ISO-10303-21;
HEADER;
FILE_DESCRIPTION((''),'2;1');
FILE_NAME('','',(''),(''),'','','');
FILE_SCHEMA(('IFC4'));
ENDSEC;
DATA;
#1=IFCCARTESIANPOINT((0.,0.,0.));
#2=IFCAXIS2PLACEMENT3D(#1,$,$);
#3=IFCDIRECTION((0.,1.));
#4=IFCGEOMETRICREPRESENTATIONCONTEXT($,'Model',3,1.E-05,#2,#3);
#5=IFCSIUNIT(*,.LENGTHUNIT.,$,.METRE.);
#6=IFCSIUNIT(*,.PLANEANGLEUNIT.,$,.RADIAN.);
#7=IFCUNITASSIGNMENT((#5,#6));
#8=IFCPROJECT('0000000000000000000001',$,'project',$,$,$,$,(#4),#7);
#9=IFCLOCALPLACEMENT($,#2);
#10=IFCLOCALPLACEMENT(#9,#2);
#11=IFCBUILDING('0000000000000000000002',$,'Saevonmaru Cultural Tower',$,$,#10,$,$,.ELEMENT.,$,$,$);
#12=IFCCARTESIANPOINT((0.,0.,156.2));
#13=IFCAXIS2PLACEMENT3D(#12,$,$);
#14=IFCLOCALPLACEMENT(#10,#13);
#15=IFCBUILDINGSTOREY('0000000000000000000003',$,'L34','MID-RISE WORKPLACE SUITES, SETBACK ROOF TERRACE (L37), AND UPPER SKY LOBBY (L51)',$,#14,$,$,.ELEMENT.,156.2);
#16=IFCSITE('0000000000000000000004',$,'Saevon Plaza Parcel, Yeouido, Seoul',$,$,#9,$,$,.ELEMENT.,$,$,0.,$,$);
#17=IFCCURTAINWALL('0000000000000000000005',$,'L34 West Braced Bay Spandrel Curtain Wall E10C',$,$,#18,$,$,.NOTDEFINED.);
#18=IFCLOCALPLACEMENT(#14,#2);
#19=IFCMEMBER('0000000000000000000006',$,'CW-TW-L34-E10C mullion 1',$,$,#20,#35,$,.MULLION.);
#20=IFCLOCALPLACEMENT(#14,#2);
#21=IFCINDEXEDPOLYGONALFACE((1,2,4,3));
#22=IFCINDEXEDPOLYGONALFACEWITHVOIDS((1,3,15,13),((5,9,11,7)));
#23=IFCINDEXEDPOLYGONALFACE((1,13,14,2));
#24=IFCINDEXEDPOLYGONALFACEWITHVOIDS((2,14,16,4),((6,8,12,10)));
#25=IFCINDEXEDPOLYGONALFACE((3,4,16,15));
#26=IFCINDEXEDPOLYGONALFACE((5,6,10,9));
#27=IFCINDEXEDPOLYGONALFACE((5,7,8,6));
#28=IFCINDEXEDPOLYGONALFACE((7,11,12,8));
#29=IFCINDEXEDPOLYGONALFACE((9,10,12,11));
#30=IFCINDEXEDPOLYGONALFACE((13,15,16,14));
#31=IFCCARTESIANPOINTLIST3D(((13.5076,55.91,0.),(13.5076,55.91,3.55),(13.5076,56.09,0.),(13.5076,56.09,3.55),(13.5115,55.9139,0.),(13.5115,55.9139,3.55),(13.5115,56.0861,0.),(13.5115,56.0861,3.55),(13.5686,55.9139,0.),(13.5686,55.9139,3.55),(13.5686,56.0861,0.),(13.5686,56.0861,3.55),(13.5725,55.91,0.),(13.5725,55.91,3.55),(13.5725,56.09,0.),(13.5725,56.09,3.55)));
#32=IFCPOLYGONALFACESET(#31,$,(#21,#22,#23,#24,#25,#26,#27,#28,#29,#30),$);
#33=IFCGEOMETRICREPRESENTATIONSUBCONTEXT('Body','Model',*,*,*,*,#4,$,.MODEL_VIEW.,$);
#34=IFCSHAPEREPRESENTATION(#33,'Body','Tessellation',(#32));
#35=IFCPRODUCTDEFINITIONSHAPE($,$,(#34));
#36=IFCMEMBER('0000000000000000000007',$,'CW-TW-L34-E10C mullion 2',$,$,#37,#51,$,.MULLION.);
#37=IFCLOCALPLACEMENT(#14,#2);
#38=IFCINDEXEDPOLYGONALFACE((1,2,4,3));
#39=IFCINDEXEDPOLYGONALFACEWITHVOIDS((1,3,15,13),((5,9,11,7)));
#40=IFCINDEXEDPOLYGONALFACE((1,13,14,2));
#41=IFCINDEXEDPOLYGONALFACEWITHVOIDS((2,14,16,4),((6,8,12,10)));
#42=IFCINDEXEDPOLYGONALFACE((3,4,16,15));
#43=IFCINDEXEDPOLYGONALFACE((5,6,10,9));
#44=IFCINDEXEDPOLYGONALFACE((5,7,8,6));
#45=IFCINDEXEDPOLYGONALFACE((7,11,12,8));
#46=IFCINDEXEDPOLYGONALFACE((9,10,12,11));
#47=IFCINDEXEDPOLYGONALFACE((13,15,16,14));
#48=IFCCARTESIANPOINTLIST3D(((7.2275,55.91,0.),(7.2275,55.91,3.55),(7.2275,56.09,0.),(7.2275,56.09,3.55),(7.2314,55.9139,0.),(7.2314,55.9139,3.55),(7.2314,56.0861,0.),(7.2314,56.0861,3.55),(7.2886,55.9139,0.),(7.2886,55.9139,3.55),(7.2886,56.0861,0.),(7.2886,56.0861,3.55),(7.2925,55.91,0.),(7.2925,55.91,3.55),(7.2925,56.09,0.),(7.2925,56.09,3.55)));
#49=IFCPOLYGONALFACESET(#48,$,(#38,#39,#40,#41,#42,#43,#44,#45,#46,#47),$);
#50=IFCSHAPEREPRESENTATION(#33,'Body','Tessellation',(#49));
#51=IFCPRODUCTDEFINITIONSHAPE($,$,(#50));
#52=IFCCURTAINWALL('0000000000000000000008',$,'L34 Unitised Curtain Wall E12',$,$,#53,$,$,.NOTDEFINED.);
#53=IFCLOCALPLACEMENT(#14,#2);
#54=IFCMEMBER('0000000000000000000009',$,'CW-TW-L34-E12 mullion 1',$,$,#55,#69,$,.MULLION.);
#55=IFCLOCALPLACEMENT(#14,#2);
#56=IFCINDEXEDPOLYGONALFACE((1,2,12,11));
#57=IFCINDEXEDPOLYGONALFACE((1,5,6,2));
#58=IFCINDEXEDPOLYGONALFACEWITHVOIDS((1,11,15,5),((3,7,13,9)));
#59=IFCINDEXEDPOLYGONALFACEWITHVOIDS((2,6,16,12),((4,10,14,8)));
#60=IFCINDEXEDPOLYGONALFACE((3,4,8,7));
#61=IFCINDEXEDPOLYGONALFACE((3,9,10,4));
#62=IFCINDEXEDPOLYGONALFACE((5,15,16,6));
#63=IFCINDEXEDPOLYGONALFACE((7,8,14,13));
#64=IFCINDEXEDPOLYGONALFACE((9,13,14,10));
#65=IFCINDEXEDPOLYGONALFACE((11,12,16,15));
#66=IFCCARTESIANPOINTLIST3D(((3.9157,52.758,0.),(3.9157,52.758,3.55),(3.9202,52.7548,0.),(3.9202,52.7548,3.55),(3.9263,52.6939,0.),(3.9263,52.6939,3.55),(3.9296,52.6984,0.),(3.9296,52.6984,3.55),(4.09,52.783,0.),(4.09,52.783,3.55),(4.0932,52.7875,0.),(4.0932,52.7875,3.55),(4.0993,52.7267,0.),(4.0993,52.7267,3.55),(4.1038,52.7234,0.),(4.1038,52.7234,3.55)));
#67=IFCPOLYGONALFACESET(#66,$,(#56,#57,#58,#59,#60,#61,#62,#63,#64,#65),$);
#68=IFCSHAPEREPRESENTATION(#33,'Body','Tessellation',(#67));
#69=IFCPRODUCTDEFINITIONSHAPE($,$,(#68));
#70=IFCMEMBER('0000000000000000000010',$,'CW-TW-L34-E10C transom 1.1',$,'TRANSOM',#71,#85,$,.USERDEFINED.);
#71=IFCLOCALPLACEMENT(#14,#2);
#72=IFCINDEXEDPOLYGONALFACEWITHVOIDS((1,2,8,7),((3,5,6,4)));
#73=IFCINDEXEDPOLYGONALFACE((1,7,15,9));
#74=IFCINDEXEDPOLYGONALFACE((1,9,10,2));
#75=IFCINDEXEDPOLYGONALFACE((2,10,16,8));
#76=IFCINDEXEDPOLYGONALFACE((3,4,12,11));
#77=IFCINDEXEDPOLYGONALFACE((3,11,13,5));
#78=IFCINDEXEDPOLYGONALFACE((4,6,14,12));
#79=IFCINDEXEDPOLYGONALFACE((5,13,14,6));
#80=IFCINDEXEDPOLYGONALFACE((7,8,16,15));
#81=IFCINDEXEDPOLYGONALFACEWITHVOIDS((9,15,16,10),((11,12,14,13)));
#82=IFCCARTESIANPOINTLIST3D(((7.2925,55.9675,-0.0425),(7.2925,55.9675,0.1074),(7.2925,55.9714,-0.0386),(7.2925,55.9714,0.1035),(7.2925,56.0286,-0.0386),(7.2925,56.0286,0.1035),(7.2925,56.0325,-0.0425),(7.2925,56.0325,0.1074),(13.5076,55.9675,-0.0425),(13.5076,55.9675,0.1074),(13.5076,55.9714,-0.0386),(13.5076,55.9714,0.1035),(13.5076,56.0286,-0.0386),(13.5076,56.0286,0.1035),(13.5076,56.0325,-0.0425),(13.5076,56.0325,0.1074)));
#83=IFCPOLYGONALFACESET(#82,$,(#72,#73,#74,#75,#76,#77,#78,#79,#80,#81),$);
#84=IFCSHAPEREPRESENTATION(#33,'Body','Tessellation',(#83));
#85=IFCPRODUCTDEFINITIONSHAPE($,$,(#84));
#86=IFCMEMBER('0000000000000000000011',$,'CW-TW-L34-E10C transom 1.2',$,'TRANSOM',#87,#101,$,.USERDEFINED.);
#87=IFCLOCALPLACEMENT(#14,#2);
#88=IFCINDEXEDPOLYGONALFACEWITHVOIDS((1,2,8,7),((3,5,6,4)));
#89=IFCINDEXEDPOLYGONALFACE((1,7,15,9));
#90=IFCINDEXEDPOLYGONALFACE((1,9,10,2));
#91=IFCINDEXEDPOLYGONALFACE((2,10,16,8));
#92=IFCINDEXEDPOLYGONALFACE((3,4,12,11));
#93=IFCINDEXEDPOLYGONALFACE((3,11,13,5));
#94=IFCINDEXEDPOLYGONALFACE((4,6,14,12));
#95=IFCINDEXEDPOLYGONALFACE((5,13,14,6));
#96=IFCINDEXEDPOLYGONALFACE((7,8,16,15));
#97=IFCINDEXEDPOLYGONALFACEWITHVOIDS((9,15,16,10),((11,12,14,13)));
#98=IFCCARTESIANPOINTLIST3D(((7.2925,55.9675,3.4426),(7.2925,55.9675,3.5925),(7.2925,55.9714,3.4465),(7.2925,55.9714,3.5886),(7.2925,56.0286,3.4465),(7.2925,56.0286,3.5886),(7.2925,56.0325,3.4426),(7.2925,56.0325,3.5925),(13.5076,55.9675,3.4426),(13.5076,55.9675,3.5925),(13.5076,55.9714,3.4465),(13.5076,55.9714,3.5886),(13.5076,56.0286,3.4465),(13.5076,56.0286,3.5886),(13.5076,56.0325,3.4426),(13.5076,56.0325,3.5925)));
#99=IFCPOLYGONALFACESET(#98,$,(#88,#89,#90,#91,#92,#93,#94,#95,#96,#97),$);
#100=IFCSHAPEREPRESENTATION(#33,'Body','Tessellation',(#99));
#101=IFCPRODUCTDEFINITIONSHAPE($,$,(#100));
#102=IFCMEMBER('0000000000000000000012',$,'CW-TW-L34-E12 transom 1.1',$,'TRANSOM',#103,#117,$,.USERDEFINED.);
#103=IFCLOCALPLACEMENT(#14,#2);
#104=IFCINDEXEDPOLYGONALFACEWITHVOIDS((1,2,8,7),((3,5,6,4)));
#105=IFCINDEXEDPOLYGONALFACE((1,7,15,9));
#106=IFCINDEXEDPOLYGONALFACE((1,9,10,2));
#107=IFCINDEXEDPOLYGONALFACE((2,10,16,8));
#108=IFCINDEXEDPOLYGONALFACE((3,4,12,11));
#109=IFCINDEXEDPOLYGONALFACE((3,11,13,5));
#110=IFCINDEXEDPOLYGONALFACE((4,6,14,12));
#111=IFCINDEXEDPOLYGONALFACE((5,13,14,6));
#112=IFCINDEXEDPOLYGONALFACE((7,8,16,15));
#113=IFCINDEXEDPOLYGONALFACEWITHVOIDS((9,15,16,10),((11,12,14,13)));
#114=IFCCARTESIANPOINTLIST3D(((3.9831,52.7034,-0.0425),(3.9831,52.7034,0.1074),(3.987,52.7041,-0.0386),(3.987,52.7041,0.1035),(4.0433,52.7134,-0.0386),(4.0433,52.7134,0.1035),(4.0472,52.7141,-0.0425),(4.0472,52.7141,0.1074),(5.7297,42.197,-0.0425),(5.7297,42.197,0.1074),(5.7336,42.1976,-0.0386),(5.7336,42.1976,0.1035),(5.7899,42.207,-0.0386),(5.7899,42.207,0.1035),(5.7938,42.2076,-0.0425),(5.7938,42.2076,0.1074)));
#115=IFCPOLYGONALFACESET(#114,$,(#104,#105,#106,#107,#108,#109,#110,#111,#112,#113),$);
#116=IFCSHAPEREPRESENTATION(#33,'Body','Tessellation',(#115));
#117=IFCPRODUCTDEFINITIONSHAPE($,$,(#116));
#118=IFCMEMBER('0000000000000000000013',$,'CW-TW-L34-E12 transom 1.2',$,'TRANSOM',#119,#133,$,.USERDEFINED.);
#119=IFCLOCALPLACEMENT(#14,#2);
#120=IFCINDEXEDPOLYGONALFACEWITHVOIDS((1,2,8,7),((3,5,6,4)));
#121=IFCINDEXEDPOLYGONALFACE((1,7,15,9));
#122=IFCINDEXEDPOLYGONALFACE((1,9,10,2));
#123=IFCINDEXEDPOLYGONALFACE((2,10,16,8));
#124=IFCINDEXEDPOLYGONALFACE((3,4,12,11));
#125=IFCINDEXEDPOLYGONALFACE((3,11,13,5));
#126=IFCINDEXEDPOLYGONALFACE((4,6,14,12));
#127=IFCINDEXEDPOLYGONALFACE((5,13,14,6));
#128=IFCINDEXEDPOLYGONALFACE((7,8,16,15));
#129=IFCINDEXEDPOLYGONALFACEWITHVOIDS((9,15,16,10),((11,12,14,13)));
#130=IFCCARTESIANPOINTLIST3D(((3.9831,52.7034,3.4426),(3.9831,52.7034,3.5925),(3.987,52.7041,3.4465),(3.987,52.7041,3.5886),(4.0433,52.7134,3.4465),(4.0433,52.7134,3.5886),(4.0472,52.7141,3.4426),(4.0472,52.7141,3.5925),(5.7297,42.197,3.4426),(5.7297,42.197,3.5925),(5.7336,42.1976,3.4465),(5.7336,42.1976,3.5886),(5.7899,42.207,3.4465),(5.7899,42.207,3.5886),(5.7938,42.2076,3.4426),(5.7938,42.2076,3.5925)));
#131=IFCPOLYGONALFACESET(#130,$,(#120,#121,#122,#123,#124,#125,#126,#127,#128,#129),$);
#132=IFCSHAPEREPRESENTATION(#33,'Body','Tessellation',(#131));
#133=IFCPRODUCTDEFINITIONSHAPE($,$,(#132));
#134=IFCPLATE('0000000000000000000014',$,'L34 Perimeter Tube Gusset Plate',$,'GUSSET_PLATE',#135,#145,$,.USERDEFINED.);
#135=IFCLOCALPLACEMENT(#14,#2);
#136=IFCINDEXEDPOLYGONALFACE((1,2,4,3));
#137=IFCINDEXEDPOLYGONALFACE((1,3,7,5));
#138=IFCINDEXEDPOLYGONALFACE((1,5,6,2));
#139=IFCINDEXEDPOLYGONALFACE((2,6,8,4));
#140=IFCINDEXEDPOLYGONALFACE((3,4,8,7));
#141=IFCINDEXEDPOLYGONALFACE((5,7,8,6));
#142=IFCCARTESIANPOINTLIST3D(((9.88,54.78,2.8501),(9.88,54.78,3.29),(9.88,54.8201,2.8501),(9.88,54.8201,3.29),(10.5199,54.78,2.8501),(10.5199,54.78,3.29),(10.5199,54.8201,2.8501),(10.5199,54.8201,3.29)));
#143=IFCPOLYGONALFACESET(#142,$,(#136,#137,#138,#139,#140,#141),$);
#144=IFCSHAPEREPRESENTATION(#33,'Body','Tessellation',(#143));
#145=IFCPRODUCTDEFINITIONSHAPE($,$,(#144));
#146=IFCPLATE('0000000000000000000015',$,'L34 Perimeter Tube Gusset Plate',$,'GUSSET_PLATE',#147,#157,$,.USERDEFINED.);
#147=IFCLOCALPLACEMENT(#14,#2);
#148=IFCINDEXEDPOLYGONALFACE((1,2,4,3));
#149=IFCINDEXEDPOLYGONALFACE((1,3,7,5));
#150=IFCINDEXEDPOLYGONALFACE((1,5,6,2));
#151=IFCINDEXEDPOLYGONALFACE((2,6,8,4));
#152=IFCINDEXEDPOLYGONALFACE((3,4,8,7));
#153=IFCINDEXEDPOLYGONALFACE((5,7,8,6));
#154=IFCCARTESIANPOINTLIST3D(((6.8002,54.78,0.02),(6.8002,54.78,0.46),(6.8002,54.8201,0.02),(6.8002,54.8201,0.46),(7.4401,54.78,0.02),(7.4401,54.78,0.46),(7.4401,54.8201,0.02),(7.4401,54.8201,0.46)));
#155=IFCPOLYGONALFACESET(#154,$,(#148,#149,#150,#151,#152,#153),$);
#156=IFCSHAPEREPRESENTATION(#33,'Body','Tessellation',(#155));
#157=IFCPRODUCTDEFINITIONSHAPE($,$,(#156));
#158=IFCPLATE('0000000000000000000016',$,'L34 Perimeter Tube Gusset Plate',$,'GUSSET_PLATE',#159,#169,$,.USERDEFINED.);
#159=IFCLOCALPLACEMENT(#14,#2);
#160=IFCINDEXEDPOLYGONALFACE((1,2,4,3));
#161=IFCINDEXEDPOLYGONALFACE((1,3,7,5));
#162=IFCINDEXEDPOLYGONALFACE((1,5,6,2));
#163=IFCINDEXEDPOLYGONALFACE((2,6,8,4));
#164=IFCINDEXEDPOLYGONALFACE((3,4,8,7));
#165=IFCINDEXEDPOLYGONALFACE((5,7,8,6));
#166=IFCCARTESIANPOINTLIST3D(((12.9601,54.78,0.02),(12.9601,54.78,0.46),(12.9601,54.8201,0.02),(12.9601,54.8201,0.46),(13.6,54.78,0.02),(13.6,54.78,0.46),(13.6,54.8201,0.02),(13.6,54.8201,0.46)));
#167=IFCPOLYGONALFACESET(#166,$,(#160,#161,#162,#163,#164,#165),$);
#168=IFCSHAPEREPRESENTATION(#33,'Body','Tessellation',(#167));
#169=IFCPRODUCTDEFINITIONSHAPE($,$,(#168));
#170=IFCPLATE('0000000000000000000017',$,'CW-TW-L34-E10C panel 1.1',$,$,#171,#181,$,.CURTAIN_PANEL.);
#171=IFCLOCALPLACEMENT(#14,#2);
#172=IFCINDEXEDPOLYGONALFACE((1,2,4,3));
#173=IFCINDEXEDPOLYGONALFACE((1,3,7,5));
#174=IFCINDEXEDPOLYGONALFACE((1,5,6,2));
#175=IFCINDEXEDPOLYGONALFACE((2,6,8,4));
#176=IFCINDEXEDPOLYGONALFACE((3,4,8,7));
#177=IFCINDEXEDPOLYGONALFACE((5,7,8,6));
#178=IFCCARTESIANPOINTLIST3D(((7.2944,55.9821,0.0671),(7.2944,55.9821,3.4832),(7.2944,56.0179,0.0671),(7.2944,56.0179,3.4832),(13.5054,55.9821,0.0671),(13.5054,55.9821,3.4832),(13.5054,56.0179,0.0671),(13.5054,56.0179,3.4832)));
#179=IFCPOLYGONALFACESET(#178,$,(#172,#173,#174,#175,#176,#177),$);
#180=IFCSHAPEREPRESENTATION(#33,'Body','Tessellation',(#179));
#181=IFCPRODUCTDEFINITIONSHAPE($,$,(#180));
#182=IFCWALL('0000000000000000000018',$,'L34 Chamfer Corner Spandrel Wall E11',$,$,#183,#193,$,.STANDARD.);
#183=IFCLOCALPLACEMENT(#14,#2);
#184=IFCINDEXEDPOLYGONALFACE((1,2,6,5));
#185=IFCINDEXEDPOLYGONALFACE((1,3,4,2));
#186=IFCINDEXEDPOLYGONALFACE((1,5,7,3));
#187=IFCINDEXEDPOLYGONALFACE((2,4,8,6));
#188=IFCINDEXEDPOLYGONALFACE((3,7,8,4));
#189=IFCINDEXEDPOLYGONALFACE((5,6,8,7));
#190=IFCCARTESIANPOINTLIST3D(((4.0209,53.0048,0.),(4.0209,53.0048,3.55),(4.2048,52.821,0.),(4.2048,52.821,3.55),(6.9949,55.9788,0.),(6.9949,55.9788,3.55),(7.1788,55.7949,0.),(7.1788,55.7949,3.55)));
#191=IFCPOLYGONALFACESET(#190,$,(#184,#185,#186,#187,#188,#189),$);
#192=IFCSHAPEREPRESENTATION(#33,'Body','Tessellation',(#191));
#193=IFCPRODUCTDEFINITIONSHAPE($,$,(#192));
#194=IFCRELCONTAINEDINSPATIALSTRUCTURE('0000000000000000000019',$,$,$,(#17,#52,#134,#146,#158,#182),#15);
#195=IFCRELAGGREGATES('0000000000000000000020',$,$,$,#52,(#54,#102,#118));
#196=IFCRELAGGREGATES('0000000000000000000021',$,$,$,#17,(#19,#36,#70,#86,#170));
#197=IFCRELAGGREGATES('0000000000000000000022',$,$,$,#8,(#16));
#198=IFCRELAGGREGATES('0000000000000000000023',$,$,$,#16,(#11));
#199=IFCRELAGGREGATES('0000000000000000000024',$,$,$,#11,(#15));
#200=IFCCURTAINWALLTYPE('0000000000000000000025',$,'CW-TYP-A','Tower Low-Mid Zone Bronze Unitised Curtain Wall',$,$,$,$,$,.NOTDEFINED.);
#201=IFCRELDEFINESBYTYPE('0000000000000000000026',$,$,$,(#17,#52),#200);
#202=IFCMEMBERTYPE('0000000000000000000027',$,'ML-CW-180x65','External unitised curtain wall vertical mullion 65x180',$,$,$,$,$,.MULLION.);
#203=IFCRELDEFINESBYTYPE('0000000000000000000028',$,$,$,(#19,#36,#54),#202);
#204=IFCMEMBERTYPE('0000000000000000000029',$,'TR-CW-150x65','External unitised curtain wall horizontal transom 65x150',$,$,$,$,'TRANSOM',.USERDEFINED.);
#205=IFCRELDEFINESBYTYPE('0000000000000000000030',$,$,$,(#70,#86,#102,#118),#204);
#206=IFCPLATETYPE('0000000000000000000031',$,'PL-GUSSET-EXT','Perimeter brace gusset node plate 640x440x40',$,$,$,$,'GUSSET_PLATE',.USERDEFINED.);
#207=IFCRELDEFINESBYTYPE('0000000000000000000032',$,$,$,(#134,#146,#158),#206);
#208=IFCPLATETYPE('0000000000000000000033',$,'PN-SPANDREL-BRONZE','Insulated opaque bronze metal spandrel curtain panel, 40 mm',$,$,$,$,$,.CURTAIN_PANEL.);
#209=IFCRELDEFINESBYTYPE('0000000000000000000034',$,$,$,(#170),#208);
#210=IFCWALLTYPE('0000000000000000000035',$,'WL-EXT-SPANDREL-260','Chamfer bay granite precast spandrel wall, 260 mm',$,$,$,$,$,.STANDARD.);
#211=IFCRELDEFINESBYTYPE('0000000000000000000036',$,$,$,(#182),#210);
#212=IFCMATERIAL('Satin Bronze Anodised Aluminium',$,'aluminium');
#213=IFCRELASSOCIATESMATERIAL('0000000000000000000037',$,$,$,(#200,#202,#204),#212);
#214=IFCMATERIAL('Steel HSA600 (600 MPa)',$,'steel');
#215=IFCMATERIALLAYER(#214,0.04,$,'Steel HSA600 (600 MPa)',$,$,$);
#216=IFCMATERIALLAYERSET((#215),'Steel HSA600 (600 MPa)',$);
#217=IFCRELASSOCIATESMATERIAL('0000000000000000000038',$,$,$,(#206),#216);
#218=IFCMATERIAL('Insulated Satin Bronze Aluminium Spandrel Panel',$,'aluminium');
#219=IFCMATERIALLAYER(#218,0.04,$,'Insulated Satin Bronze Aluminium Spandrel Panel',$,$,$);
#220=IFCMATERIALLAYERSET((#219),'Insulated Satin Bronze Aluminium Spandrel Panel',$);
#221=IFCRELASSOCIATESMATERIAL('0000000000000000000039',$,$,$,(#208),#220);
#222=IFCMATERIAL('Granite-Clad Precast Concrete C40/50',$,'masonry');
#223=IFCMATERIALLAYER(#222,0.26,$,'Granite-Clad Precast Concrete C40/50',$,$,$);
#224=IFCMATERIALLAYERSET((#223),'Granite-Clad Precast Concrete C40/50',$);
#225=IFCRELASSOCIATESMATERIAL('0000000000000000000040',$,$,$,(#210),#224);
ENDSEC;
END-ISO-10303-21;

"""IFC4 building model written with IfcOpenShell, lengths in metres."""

from ifc_helpers import new_model, si_unit, direction, frame, frame_2d, origin, origin_2d, place, context, subcontext, project, spatial, rectangle, hollow_rectangle, extrude, material, layer, layer_set, material_profile, profile_set, type_object, element, aggregate, save


model = new_model("IFC4")

# Units and contexts
model_context = context("Model", 3, precision=1e-05, world=origin(), true_north=direction((0.0, 1.0)))
body_context = subcontext(model_context, "Body", "Model", "MODEL_VIEW")
ifc_project = project(units=[si_unit("LENGTHUNIT", "METRE"), si_unit("PLANEANGLEUNIT", "RADIAN")], contexts=[model_context])

# Site, building, storey
site_placement = place(None, origin())
site = spatial("IfcSite", under=ifc_project, at=site_placement, Name="Saevon Plaza Parcel, Yeouido, Seoul", CompositionType="ELEMENT", RefElevation=0.0)
building_placement = place(site_placement, origin())
building = spatial("IfcBuilding", under=site, at=building_placement, Name="Saevonmaru Cultural Tower", CompositionType="ELEMENT")
storey_placement = place(building_placement, frame((0.0, 0.0, 156.2)))
storey = spatial("IfcBuildingStorey", under=building, at=storey_placement, Name="L34", Description="MID-RISE WORKPLACE SUITES, SETBACK ROOF TERRACE (L37), AND UPPER SKY LOBBY (L51)", CompositionType="ELEMENT", Elevation=156.2)

# Curtain wall, members
ifc_material_1 = material(Name="Satin Bronze Anodised Aluminium", Category="aluminium")
curtain_wall_type = type_object("IfcCurtainWallType", Name="CW-TYP-A", Description="Tower Low-Mid Zone Bronze Unitised Curtain Wall", PredefinedType="NOTDEFINED", material=ifc_material_1)
curtain_wall_1_placement = place(storey_placement, origin())
curtain_wall_1 = element("IfcCurtainWall", 1, at=curtain_wall_1_placement, inside=storey, type_object=curtain_wall_type, Name="L34 West Braced Bay Spandrel Curtain Wall E10C", PredefinedType="NOTDEFINED")
ifc_material_profile_1 = material_profile(ifc_material_1, hollow_rectangle(XDim=0.0649, YDim=0.1799, WallThickness=0.0039, at=origin_2d()), Name="ALU-MULL-180x65x4")
ifc_profile_set_1 = profile_set([ifc_material_profile_1], Name="Satin Bronze Anodised Aluminium")
member_type_1 = type_object("IfcMemberType", Name="ML-CW-180x65", Description="External unitised curtain wall vertical mullion 65x180", PredefinedType="MULLION", material=ifc_profile_set_1)
member_1_placement = place(storey_placement, frame((13.54, 56.0, 0.0), z_axis=(0.0, 0.0, 1.0), x_axis=(-1.0, 0.0, 0.0)))
member_1 = element("IfcMember", 2, at=member_1_placement, type_object=member_type_1, Name="CW-TW-L34-E10C mullion 1", PredefinedType="MULLION", context=body_context, shape_type="SweptSolid", body=[
    extrude(hollow_rectangle(XDim=0.0649, YDim=0.1799, WallThickness=0.0039, at=origin_2d()), origin(), (0.0, 0.0, 1.0), 3.55),
])
member_2_placement = place(storey_placement, frame((7.26, 56.0, 0.0), z_axis=(0.0, 0.0, 1.0), x_axis=(-1.0, 0.0, 0.0)))
member_2 = element("IfcMember", 3, at=member_2_placement, type_object=member_type_1, Name="CW-TW-L34-E10C mullion 2", PredefinedType="MULLION", context=body_context, shape_type="SweptSolid", body=[
    extrude(hollow_rectangle(XDim=0.0649, YDim=0.1799, WallThickness=0.0039, at=origin_2d()), origin(), (0.0, 0.0, 1.0), 3.55),
])

# Curtain wall, member
curtain_wall_2_placement = place(storey_placement, origin())
curtain_wall_2 = element("IfcCurtainWall", 4, at=curtain_wall_2_placement, inside=storey, type_object=curtain_wall_type, Name="L34 Unitised Curtain Wall E12", PredefinedType="NOTDEFINED")
member_3_placement = place(storey_placement, frame((4.0098, 52.7407, 0.0), z_axis=(0.0, 0.0, 1.0), x_axis=(0.163999, -0.986461, 0.0)))
member_3 = element("IfcMember", 5, at=member_3_placement, type_object=member_type_1, Name="CW-TW-L34-E12 mullion 1", PredefinedType="MULLION", context=body_context, shape_type="SweptSolid", body=[
    extrude(hollow_rectangle(XDim=0.0649, YDim=0.1799, WallThickness=0.0039, at=origin_2d()), origin(), (0.0, 0.0, 1.0), 3.55),
])

# Members
ifc_material_profile_2 = material_profile(ifc_material_1, hollow_rectangle(XDim=0.0649, YDim=0.1499, WallThickness=0.0039, at=origin_2d()), Name="ALU-TRAN-150x65x4")
ifc_profile_set_2 = profile_set([ifc_material_profile_2], Name="Satin Bronze Anodised Aluminium")
member_type_2 = type_object("IfcMemberType", Name="TR-CW-150x65", Description="External unitised curtain wall horizontal transom 65x150", ElementType="TRANSOM", PredefinedType="USERDEFINED", material=ifc_profile_set_2)
member_4_placement = place(storey_placement, frame((13.5076, 56.0, 0.0325), z_axis=(-1.0, 0.0, 0.0), x_axis=(0.0, -1.0, 0.0)))
member_4 = element("IfcMember", 6, at=member_4_placement, type_object=member_type_2, Name="CW-TW-L34-E10C transom 1.1", ObjectType="TRANSOM", PredefinedType="USERDEFINED", context=body_context, shape_type="SweptSolid", body=[
    extrude(hollow_rectangle(XDim=0.0649, YDim=0.1499, WallThickness=0.0039, at=origin_2d()), origin(), (0.0, 0.0, 1.0), 6.2151),
])
member_5_placement = place(storey_placement, frame((13.5076, 56.0, 3.5176), z_axis=(-1.0, 0.0, 0.0), x_axis=(0.0, -1.0, 0.0)))
member_5 = element("IfcMember", 7, at=member_5_placement, type_object=member_type_2, Name="CW-TW-L34-E10C transom 1.2", ObjectType="TRANSOM", PredefinedType="USERDEFINED", context=body_context, shape_type="SweptSolid", body=[
    extrude(hollow_rectangle(XDim=0.0649, YDim=0.1499, WallThickness=0.0039, at=origin_2d()), origin(), (0.0, 0.0, 1.0), 6.2151),
])
member_6_placement = place(storey_placement, frame((4.0151, 52.7087, 0.0325), z_axis=(0.16399, -0.986462, 0.0), x_axis=(0.986462, 0.16399, 0.0)))
member_6 = element("IfcMember", 8, at=member_6_placement, type_object=member_type_2, Name="CW-TW-L34-E12 transom 1.1", ObjectType="TRANSOM", PredefinedType="USERDEFINED", context=body_context, shape_type="SweptSolid", body=[
    extrude(hollow_rectangle(XDim=0.0649, YDim=0.1499, WallThickness=0.0039, at=origin_2d()), origin(), (0.0, 0.0, 1.0), 10.6506),
])
member_7_placement = place(storey_placement, frame((4.0151, 52.7087, 3.5176), z_axis=(0.16399, -0.986462, 0.0), x_axis=(0.986462, 0.16399, 0.0)))
member_7 = element("IfcMember", 9, at=member_7_placement, type_object=member_type_2, Name="CW-TW-L34-E12 transom 1.2", ObjectType="TRANSOM", PredefinedType="USERDEFINED", context=body_context, shape_type="SweptSolid", body=[
    extrude(hollow_rectangle(XDim=0.0649, YDim=0.1499, WallThickness=0.0039, at=origin_2d()), origin(), (0.0, 0.0, 1.0), 10.6506),
])
aggregate(curtain_wall_2, [member_3, member_6, member_7])

# Plates
ifc_material_2 = material(Name="Steel HSA600 (600 MPa)", Category="steel")
ifc_layer_1 = layer(ifc_material_2, 0.04, Name="Steel HSA600 (600 MPa)")
ifc_layer_set_1 = layer_set([ifc_layer_1], Name="Steel HSA600 (600 MPa)")
plate_type_1 = type_object("IfcPlateType", Name="PL-GUSSET-EXT", Description="Perimeter brace gusset node plate 640x440x40", ElementType="GUSSET_PLATE", PredefinedType="USERDEFINED", material=ifc_layer_set_1)
for number, where, z_axis, x_axis, name in (
    (10, (10.2, 54.8, 2.8501), (0.0, 0.0, 1.0), (1.0, 0.0, 0.0), "L34 Perimeter Tube Gusset Plate"),
    (11, (7.1201, 54.8, 0.02), (0.0, 0.0, 1.0), (1.0, 0.0, 0.0), "L34 Perimeter Tube Gusset Plate"),
    (12, (13.28, 54.8, 0.02), (0.0, 0.0, 1.0), (1.0, 0.0, 0.0), "L34 Perimeter Tube Gusset Plate"),
):
    element("IfcPlate", number, at=place(storey_placement, frame(where, z_axis=z_axis, x_axis=x_axis)), inside=storey, type_object=plate_type_1, Name=name, ObjectType="GUSSET_PLATE", PredefinedType="USERDEFINED", context=body_context, shape_type="SweptSolid", body=[
        extrude(rectangle(XDim=0.6399, YDim=0.04, at=origin_2d()), origin(), (0.0, 0.0, 1.0), 0.4399),
    ])

# Plate
ifc_material_3 = material(Name="Insulated Satin Bronze Aluminium Spandrel Panel", Category="aluminium")
ifc_layer_2 = layer(ifc_material_3, 0.04, Name="Insulated Satin Bronze Aluminium Spandrel Panel")
ifc_layer_set_2 = layer_set([ifc_layer_2], Name="Insulated Satin Bronze Aluminium Spandrel Panel")
plate_type_2 = type_object("IfcPlateType", Name="PN-SPANDREL-BRONZE", Description="Insulated opaque bronze metal spandrel curtain panel, 40 mm", PredefinedType="CURTAIN_PANEL", material=ifc_layer_set_2)
plate_placement = place(storey_placement, frame((10.3999, 56.0, 0.0671), z_axis=(0.0, 0.0, 1.0), x_axis=(-1.0, 0.0, 0.0)))
plate = element("IfcPlate", 13, at=plate_placement, type_object=plate_type_2, Name="CW-TW-L34-E10C panel 1.1", PredefinedType="CURTAIN_PANEL", context=body_context, shape_type="SweptSolid", body=[
    extrude(rectangle(XDim=6.2109, YDim=0.0359, at=origin_2d()), origin(), (0.0, 0.0, 1.0), 3.416),
])
aggregate(curtain_wall_1, [member_1, member_2, member_4, member_5, plate])

# Wall
ifc_material_4 = material(Name="Granite-Clad Precast Concrete C40/50", Category="masonry")
ifc_layer_3 = layer(ifc_material_4, 0.26, Name="Granite-Clad Precast Concrete C40/50")
ifc_layer_set_3 = layer_set([ifc_layer_3], Name="Granite-Clad Precast Concrete C40/50")
wall_type_1 = type_object("IfcWallType", Name="WL-EXT-SPANDREL-260", Description="Chamfer bay granite precast spandrel wall, 260 mm", PredefinedType="STANDARD", material=ifc_layer_set_3)
wall_1_placement = place(storey_placement, frame((7.0869, 55.887, 0.0), z_axis=(0.0, 0.0, 1.0), x_axis=(-0.707107, -0.707107, 0.0)))
element("IfcWall", 14, at=wall_1_placement, inside=storey, type_object=wall_type_1, Name="L34 Chamfer Corner Spandrel Wall E11", PredefinedType="STANDARD", context=body_context, shape_type="SweptSolid", body=[
    extrude(rectangle(XDim=4.2058, YDim=0.26, at=frame_2d((2.103, 0.0))), origin(), (0.0, 0.0, 1.0), 3.55),
])

save(model, "model.ifc")
